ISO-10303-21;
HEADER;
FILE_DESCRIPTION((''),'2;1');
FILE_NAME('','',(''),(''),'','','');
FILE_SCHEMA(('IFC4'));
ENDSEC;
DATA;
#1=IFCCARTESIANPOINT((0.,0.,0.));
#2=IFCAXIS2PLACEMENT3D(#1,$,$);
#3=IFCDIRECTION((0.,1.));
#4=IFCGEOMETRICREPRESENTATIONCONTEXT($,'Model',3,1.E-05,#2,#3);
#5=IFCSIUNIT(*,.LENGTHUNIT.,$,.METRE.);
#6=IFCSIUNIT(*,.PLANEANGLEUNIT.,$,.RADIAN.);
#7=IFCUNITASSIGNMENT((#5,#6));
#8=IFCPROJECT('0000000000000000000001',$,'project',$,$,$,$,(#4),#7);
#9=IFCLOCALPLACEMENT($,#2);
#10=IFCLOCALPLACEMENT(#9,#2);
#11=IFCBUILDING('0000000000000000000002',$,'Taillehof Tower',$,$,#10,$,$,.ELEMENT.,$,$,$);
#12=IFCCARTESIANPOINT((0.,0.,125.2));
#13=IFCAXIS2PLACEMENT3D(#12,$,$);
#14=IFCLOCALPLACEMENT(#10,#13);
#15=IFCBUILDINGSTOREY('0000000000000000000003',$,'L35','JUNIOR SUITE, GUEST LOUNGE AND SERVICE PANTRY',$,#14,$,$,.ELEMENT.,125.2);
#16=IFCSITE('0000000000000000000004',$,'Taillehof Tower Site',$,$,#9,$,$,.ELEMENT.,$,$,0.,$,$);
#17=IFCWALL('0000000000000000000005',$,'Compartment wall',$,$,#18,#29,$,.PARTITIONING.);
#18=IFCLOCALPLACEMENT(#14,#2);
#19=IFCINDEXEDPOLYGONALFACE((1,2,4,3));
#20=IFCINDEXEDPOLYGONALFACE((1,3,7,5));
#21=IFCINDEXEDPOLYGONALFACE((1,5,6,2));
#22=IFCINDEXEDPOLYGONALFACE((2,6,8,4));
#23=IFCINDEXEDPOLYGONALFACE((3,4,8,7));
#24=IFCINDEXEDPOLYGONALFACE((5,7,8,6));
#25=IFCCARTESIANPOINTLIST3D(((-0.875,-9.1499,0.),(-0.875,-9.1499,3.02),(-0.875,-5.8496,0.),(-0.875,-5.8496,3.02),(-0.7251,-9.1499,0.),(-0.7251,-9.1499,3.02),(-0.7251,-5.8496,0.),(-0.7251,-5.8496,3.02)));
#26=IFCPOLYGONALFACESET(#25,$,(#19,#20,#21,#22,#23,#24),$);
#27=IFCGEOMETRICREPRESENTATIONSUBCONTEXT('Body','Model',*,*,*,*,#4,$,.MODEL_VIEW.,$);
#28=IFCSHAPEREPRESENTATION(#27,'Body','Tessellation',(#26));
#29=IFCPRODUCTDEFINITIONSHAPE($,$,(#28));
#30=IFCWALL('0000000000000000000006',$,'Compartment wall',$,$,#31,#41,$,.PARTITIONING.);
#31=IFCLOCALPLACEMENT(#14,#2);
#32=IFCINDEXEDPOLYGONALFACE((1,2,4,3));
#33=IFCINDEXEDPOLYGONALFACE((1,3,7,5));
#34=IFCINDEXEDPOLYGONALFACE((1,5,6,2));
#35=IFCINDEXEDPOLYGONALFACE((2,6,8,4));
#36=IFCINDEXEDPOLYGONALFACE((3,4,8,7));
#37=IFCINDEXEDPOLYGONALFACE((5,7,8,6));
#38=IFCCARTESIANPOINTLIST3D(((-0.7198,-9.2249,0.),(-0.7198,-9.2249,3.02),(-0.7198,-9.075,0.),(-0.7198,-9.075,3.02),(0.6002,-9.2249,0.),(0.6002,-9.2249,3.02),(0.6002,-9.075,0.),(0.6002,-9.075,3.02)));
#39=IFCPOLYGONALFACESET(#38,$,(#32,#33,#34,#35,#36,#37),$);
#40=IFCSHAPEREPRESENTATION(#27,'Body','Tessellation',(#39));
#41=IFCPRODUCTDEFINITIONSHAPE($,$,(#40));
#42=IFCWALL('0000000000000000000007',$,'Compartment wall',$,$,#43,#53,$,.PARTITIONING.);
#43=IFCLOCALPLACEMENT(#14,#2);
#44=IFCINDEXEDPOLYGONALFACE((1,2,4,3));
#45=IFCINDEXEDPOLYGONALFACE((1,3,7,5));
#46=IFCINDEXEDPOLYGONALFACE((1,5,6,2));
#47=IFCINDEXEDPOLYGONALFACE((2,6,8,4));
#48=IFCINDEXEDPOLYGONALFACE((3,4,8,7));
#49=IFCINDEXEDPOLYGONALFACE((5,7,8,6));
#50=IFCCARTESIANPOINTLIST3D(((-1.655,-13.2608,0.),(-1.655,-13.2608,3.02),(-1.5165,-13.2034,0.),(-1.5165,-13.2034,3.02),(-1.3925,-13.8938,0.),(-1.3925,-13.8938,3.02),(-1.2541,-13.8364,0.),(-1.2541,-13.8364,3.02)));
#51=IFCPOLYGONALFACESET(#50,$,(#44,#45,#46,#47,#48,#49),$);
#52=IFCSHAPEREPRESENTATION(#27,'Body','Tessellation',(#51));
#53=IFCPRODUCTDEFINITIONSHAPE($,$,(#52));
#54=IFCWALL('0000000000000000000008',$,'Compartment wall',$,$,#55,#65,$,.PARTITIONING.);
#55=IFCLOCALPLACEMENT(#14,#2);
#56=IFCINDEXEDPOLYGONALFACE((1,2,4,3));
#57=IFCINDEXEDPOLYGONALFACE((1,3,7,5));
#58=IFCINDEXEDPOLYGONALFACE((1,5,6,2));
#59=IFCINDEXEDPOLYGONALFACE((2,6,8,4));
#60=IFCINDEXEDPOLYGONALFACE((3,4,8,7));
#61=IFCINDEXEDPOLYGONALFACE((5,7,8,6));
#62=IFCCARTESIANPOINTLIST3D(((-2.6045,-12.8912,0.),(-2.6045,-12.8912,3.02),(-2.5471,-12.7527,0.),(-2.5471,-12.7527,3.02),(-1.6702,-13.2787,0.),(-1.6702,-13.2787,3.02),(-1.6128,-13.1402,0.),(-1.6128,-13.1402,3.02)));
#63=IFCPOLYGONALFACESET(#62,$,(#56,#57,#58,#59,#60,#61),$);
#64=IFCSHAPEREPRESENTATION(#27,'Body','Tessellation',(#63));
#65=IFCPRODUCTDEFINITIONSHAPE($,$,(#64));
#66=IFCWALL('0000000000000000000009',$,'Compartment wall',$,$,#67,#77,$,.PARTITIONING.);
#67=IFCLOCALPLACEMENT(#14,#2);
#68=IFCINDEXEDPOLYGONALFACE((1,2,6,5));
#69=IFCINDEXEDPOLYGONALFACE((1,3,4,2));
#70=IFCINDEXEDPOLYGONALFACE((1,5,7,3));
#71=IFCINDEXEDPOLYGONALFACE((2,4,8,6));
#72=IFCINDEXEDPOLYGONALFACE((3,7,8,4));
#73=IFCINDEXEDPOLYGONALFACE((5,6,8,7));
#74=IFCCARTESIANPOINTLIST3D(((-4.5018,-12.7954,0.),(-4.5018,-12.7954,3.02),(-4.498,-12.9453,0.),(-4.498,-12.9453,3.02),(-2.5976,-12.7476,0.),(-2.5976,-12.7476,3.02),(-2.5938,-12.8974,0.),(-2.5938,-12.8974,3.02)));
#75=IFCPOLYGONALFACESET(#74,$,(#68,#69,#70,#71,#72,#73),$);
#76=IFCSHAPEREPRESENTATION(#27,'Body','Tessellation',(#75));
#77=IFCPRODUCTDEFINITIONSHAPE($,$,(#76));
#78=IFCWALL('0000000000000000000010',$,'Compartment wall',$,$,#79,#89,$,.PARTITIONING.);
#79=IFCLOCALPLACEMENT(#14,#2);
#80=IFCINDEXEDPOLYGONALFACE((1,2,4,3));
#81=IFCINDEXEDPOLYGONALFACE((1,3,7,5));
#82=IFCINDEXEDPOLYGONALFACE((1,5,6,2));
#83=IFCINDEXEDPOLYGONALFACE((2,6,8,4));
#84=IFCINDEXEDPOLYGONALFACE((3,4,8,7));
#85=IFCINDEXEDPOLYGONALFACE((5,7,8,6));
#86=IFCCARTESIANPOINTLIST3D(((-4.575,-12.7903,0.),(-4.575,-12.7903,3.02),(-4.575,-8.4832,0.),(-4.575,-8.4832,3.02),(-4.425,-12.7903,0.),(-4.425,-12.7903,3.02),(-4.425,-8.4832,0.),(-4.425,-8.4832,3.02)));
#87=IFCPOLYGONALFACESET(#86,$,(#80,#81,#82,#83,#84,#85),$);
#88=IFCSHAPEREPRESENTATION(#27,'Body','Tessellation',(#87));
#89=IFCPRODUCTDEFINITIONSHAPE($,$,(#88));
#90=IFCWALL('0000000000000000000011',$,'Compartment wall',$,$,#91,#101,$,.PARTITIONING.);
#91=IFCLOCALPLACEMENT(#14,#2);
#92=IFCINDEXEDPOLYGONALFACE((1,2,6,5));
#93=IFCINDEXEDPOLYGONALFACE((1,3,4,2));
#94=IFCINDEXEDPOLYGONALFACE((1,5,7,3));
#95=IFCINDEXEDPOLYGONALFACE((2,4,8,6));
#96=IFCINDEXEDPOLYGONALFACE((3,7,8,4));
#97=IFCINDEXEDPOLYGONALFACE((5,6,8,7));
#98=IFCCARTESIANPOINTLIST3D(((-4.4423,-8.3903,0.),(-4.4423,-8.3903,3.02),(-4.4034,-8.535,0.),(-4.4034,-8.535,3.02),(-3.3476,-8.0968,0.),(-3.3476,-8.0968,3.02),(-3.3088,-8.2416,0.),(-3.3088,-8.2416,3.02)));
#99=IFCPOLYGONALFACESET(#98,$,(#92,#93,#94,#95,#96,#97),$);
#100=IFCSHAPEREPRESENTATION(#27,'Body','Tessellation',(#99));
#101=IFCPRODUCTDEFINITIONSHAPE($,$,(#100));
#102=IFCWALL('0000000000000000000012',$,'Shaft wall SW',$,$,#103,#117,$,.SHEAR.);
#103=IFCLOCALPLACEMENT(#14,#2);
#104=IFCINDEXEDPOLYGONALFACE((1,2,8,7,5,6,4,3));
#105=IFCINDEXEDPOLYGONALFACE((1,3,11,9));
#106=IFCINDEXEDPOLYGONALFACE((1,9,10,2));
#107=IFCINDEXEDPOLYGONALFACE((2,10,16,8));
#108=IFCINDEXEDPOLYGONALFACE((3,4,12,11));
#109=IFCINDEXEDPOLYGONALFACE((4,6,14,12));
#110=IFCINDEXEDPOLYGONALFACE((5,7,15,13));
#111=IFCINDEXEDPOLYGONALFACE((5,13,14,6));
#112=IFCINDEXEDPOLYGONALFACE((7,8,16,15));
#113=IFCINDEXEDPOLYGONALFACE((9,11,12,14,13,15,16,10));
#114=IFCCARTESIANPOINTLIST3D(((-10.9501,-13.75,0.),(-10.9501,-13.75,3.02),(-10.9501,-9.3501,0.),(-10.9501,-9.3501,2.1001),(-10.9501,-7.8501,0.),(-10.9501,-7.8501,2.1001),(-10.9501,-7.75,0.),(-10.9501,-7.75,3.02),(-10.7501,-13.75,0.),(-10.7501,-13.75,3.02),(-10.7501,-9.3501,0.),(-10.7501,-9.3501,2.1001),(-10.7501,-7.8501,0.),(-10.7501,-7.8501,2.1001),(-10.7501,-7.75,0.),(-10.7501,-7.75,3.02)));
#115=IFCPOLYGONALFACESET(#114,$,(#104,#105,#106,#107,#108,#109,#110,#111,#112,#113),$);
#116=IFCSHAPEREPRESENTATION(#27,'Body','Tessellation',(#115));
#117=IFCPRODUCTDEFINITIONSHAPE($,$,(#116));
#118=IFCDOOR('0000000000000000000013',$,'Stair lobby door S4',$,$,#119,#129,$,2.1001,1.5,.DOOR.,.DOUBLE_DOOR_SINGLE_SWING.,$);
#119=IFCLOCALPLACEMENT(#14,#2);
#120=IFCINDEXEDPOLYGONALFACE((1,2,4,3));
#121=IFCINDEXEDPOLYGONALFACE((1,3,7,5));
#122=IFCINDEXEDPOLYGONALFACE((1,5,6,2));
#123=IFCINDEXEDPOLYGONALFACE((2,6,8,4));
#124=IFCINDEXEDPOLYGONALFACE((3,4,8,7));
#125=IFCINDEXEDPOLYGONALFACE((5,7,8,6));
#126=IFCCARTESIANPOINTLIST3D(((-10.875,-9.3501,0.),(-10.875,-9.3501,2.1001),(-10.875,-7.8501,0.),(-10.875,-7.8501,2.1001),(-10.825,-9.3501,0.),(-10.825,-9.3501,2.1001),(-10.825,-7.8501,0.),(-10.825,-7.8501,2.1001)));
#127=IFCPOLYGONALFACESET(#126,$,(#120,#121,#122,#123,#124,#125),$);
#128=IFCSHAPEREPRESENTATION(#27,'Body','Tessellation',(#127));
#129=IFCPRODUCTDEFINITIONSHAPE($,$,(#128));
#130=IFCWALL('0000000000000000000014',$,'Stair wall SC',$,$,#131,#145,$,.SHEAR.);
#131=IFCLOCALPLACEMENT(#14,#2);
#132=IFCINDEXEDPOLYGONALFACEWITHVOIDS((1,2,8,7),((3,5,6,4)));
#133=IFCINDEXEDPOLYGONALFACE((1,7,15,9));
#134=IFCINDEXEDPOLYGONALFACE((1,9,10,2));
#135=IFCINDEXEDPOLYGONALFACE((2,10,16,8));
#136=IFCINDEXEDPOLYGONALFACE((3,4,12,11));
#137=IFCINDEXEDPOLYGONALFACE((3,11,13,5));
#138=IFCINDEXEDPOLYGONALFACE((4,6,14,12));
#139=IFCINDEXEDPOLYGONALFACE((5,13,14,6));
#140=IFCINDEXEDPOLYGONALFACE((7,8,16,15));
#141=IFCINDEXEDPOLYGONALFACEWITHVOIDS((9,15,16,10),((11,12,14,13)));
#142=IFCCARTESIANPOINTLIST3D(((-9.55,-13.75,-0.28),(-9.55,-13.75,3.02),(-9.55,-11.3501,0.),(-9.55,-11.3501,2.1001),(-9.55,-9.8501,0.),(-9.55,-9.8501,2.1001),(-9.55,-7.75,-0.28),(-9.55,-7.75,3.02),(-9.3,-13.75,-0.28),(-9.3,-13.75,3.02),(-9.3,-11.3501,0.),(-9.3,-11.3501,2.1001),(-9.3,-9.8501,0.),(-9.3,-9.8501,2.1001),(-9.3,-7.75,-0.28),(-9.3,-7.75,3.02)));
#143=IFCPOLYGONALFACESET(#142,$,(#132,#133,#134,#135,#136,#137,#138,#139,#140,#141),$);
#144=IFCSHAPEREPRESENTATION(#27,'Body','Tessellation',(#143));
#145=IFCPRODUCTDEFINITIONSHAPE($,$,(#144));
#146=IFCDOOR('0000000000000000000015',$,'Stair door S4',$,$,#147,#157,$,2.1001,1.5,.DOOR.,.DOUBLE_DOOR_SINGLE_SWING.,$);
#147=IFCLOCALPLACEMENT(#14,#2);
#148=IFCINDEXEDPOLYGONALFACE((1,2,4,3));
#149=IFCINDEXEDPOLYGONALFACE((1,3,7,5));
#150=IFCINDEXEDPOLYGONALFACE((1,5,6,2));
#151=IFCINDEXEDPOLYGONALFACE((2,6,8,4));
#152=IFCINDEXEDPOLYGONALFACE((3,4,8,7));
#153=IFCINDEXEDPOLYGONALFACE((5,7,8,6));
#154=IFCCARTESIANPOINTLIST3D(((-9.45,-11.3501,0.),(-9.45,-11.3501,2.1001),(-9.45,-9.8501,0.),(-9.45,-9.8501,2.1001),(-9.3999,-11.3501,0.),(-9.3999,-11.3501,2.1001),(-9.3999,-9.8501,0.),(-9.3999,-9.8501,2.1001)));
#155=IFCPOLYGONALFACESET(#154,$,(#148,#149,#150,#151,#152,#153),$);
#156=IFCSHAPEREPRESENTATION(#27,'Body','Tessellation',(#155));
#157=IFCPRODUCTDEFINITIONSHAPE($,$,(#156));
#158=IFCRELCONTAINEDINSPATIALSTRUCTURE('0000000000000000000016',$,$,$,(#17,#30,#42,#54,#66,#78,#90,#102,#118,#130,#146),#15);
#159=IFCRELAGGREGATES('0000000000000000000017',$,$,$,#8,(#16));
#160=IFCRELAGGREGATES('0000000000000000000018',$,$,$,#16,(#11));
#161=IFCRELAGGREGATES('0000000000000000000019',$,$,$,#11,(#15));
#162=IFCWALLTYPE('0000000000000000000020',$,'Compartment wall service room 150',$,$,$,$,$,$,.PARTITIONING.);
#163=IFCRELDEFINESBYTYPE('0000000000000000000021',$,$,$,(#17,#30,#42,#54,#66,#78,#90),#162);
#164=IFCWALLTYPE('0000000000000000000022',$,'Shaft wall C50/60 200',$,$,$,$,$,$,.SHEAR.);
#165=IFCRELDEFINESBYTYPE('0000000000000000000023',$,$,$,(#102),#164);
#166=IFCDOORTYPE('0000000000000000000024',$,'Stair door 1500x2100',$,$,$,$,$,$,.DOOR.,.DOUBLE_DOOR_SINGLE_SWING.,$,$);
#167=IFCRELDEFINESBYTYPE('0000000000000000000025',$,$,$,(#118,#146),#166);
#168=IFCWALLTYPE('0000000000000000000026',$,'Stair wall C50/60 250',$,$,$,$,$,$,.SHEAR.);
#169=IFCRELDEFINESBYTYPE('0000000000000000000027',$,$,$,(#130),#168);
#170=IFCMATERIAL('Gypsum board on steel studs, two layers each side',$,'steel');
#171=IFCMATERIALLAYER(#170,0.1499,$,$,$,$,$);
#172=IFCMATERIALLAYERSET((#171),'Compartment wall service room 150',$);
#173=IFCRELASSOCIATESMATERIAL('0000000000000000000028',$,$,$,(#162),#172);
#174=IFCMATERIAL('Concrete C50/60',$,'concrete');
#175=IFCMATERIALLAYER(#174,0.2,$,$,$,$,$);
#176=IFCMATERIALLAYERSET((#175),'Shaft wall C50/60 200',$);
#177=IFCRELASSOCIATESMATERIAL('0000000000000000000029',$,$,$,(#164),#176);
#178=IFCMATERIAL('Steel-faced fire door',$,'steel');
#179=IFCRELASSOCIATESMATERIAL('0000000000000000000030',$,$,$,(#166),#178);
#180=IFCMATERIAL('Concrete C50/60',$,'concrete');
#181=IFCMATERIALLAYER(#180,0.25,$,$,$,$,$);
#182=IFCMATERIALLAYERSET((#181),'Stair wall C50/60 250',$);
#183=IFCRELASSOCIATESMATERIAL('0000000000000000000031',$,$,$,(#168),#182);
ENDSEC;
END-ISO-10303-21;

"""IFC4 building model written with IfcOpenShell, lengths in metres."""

from ifc_helpers import new_model, si_unit, direction, frame, frame_2d, origin, place, context, subcontext, project, spatial, rectangle, extrude, material, layer, layer_set, type_object, element, fill, save


model = new_model("IFC4")

# Units and contexts
model_context = context("Model", 3, precision=1e-05, world=origin(), true_north=direction((0.0, 1.0)))
body_context = subcontext(model_context, "Body", "Model", "MODEL_VIEW")
ifc_project = project(units=[si_unit("LENGTHUNIT", "METRE"), si_unit("PLANEANGLEUNIT", "RADIAN")], contexts=[model_context])

# Site, building, storey
site_placement = place(None, origin())
site = spatial("IfcSite", under=ifc_project, at=site_placement, Name="Taillehof Tower Site", CompositionType="ELEMENT", RefElevation=0.0)
building_placement = place(site_placement, origin())
building = spatial("IfcBuilding", under=site, at=building_placement, Name="Taillehof Tower", CompositionType="ELEMENT")
storey_placement = place(building_placement, frame((0.0, 0.0, 125.2)))
storey = spatial("IfcBuildingStorey", under=building, at=storey_placement, Name="L35", Description="JUNIOR SUITE, GUEST LOUNGE AND SERVICE PANTRY", CompositionType="ELEMENT", Elevation=125.2)

# Shared definitions
ifc_material_1 = material(Name="Gypsum board on steel studs, two layers each side", Category="steel")
ifc_layer_1 = layer(ifc_material_1, 0.1499)
ifc_layer_set_1 = layer_set([ifc_layer_1], Name="Compartment wall service room 150")
wall_type_1 = type_object("IfcWallType", Name="Compartment wall service room 150", PredefinedType="PARTITIONING", material=ifc_layer_set_1)

# Walls
wall_1_placement = place(storey_placement, frame((-0.8, -5.8496, 0.0), z_axis=(0.0, 0.0, 1.0), x_axis=(0.0, -1.0, 0.0)))
element("IfcWall", 1, at=wall_1_placement, inside=storey, type_object=wall_type_1, Name="Compartment wall", PredefinedType="PARTITIONING", context=body_context, shape_type="SweptSolid", body=[
    extrude(rectangle(XDim=3.3003, YDim=0.1499, at=frame_2d((1.6501, 0.0))), origin(), (0.0, 0.0, 1.0), 3.02),
])
wall_2_placement = place(storey_placement, frame((-0.72, -9.1499, 0.0), z_axis=(0.0, 0.0, 1.0), x_axis=(1.0, 0.0, 0.0)))
element("IfcWall", 2, at=wall_2_placement, inside=storey, type_object=wall_type_1, Name="Compartment wall", PredefinedType="PARTITIONING", context=body_context, shape_type="SweptSolid", body=[
    extrude(rectangle(XDim=1.3201, YDim=0.1499, at=frame_2d((0.6602, 0.0))), origin(), (0.0, 0.0, 1.0), 3.02),
])
wall_3_placement = place(storey_placement, frame((-1.3232, -13.8652, 0.0), z_axis=(0.0, 0.0, 1.0), x_axis=(-0.382971, 0.923761, 0.0)))
element("IfcWall", 3, at=wall_3_placement, inside=storey, type_object=wall_type_1, Name="Compartment wall", PredefinedType="PARTITIONING", context=body_context, shape_type="SweptSolid", body=[
    extrude(rectangle(XDim=0.6853, YDim=0.1499, at=frame_2d((0.3428, 0.0))), origin(), (0.0, 0.0, 1.0), 3.02),
])
wall_4_placement = place(storey_placement, frame((-1.6414, -13.2095, 0.0), z_axis=(0.0, 0.0, 1.0), x_axis=(-0.923725, 0.383055, 0.0)))
element("IfcWall", 4, at=wall_4_placement, inside=storey, type_object=wall_type_1, Name="Compartment wall", PredefinedType="PARTITIONING", context=body_context, shape_type="SweptSolid", body=[
    extrude(rectangle(XDim=1.0115, YDim=0.1499, at=frame_2d((0.5059, 0.0))), origin(), (0.0, 0.0, 1.0), 3.02),
])
wall_5_placement = place(storey_placement, frame((-2.5957, -12.8225, 0.0), z_axis=(0.0, 0.0, 1.0), x_axis=(-0.999684, -0.02512, 0.0)))
element("IfcWall", 5, at=wall_5_placement, inside=storey, type_object=wall_type_1, Name="Compartment wall", PredefinedType="PARTITIONING", context=body_context, shape_type="SweptSolid", body=[
    extrude(rectangle(XDim=1.9048, YDim=0.1499, at=frame_2d((0.9524, 0.0))), origin(), (0.0, 0.0, 1.0), 3.02),
])
wall_6_placement = place(storey_placement, frame((-4.5, -12.7903, 0.0), z_axis=(0.0, 0.0, 1.0), x_axis=(0.0, 1.0, 0.0)))
element("IfcWall", 6, at=wall_6_placement, inside=storey, type_object=wall_type_1, Name="Compartment wall", PredefinedType="PARTITIONING", context=body_context, shape_type="SweptSolid", body=[
    extrude(rectangle(XDim=4.3071, YDim=0.1499, at=frame_2d((2.1536, 0.0))), origin(), (0.0, 0.0, 1.0), 3.02),
])
wall_7_placement = place(storey_placement, frame((-4.4229, -8.4626, 0.0), z_axis=(0.0, 0.0, 1.0), x_axis=(0.965898, 0.258923, 0.0)))
element("IfcWall", 7, at=wall_7_placement, inside=storey, type_object=wall_type_1, Name="Compartment wall", PredefinedType="PARTITIONING", context=body_context, shape_type="SweptSolid", body=[
    extrude(rectangle(XDim=1.1333, YDim=0.1499, at=frame_2d((0.5667, 0.0))), origin(), (0.0, 0.0, 1.0), 3.02),
])

# Walls, openings, doors
ifc_material_2 = material(Name="Concrete C50/60", Category="concrete")
ifc_layer_2 = layer(ifc_material_2, 0.2)
ifc_layer_set_2 = layer_set([ifc_layer_2], Name="Shaft wall C50/60 200")
wall_type_2 = type_object("IfcWallType", Name="Shaft wall C50/60 200", PredefinedType="SHEAR", material=ifc_layer_set_2)
wall_8_placement = place(storey_placement, frame((-10.8501, -13.75, 0.0), z_axis=(0.0, 0.0, 1.0), x_axis=(0.0, 1.0, 0.0)))
wall_8 = element("IfcWall", 8, at=wall_8_placement, inside=storey, type_object=wall_type_2, Name="Shaft wall SW", PredefinedType="SHEAR", context=body_context, shape_type="SweptSolid", body=[
    extrude(rectangle(XDim=6.0, YDim=0.2, at=frame_2d((3.0, 0.0))), origin(), (0.0, 0.0, 1.0), 3.02),
])
opening_1_placement = place(wall_8_placement, frame((4.3999, 0.0, 0.0)))
opening_1 = element("IfcOpeningElement", 9, at=opening_1_placement, cuts=wall_8, PredefinedType="OPENING", context=body_context, shape_type="SweptSolid", body=[
    extrude(rectangle(XDim=1.5, YDim=2.1001, at=frame_2d((0.75, 1.05))), frame((0.0, 0.1099, 0.0), z_axis=(0.0, -1.0, 0.0), x_axis=(1.0, 0.0, 0.0)), (0.0, 0.0, 1.0), 0.22),
])
ifc_material_3 = material(Name="Steel-faced fire door", Category="steel")
door_type_1 = type_object("IfcDoorType", Name="Stair door 1500x2100", OperationType="DOUBLE_DOOR_SINGLE_SWING", PredefinedType="DOOR", material=ifc_material_3)
door_1_placement = place(opening_1_placement, origin())
door_1 = element("IfcDoor", 10, at=door_1_placement, inside=storey, type_object=door_type_1, Name="Stair lobby door S4", OperationType="DOUBLE_DOOR_SINGLE_SWING", OverallHeight=2.1001, OverallWidth=1.5, PredefinedType="DOOR", context=body_context, shape_type="SweptSolid", body=[
    extrude(rectangle(XDim=1.5, YDim=2.1001, at=frame_2d((0.75, 1.05))), frame((0.0, 0.0249, 0.0), z_axis=(0.0, -1.0, 0.0), x_axis=(1.0, 0.0, 0.0)), (0.0, 0.0, 1.0), 0.05),
])
fill(opening_1, door_1)
ifc_material_4 = material(Name="Concrete C50/60", Category="concrete")
ifc_layer_3 = layer(ifc_material_4, 0.25)
ifc_layer_set_3 = layer_set([ifc_layer_3], Name="Stair wall C50/60 250")
wall_type_3 = type_object("IfcWallType", Name="Stair wall C50/60 250", PredefinedType="SHEAR", material=ifc_layer_set_3)
wall_9_placement = place(storey_placement, frame((-9.425, -13.75, -0.28), z_axis=(0.0, 0.0, 1.0), x_axis=(0.0, 1.0, 0.0)))
wall_9 = element("IfcWall", 11, at=wall_9_placement, inside=storey, type_object=wall_type_3, Name="Stair wall SC", PredefinedType="SHEAR", context=body_context, shape_type="SweptSolid", body=[
    extrude(rectangle(XDim=6.0, YDim=0.25, at=frame_2d((3.0, 0.0))), origin(), (0.0, 0.0, 1.0), 3.3),
])
opening_2_placement = place(wall_9_placement, frame((2.3999, 0.0, 0.28)))
opening_2 = element("IfcOpeningElement", 12, at=opening_2_placement, cuts=wall_9, PredefinedType="OPENING", context=body_context, shape_type="SweptSolid", body=[
    extrude(rectangle(XDim=1.5, YDim=2.1001, at=frame_2d((0.75, 1.05))), frame((0.0, 0.135, 0.0), z_axis=(0.0, -1.0, 0.0), x_axis=(1.0, 0.0, 0.0)), (0.0, 0.0, 1.0), 0.27),
])
door_2_placement = place(opening_2_placement, origin())
door_2 = element("IfcDoor", 13, at=door_2_placement, inside=storey, type_object=door_type_1, Name="Stair door S4", OperationType="DOUBLE_DOOR_SINGLE_SWING", OverallHeight=2.1001, OverallWidth=1.5, PredefinedType="DOOR", context=body_context, shape_type="SweptSolid", body=[
    extrude(rectangle(XDim=1.5, YDim=2.1001, at=frame_2d((0.75, 1.05))), frame((0.0, 0.0249, 0.0), z_axis=(0.0, -1.0, 0.0), x_axis=(1.0, 0.0, 0.0)), (0.0, 0.0, 1.0), 0.05),
])
fill(opening_2, door_2)

save(model, "model.ifc")
